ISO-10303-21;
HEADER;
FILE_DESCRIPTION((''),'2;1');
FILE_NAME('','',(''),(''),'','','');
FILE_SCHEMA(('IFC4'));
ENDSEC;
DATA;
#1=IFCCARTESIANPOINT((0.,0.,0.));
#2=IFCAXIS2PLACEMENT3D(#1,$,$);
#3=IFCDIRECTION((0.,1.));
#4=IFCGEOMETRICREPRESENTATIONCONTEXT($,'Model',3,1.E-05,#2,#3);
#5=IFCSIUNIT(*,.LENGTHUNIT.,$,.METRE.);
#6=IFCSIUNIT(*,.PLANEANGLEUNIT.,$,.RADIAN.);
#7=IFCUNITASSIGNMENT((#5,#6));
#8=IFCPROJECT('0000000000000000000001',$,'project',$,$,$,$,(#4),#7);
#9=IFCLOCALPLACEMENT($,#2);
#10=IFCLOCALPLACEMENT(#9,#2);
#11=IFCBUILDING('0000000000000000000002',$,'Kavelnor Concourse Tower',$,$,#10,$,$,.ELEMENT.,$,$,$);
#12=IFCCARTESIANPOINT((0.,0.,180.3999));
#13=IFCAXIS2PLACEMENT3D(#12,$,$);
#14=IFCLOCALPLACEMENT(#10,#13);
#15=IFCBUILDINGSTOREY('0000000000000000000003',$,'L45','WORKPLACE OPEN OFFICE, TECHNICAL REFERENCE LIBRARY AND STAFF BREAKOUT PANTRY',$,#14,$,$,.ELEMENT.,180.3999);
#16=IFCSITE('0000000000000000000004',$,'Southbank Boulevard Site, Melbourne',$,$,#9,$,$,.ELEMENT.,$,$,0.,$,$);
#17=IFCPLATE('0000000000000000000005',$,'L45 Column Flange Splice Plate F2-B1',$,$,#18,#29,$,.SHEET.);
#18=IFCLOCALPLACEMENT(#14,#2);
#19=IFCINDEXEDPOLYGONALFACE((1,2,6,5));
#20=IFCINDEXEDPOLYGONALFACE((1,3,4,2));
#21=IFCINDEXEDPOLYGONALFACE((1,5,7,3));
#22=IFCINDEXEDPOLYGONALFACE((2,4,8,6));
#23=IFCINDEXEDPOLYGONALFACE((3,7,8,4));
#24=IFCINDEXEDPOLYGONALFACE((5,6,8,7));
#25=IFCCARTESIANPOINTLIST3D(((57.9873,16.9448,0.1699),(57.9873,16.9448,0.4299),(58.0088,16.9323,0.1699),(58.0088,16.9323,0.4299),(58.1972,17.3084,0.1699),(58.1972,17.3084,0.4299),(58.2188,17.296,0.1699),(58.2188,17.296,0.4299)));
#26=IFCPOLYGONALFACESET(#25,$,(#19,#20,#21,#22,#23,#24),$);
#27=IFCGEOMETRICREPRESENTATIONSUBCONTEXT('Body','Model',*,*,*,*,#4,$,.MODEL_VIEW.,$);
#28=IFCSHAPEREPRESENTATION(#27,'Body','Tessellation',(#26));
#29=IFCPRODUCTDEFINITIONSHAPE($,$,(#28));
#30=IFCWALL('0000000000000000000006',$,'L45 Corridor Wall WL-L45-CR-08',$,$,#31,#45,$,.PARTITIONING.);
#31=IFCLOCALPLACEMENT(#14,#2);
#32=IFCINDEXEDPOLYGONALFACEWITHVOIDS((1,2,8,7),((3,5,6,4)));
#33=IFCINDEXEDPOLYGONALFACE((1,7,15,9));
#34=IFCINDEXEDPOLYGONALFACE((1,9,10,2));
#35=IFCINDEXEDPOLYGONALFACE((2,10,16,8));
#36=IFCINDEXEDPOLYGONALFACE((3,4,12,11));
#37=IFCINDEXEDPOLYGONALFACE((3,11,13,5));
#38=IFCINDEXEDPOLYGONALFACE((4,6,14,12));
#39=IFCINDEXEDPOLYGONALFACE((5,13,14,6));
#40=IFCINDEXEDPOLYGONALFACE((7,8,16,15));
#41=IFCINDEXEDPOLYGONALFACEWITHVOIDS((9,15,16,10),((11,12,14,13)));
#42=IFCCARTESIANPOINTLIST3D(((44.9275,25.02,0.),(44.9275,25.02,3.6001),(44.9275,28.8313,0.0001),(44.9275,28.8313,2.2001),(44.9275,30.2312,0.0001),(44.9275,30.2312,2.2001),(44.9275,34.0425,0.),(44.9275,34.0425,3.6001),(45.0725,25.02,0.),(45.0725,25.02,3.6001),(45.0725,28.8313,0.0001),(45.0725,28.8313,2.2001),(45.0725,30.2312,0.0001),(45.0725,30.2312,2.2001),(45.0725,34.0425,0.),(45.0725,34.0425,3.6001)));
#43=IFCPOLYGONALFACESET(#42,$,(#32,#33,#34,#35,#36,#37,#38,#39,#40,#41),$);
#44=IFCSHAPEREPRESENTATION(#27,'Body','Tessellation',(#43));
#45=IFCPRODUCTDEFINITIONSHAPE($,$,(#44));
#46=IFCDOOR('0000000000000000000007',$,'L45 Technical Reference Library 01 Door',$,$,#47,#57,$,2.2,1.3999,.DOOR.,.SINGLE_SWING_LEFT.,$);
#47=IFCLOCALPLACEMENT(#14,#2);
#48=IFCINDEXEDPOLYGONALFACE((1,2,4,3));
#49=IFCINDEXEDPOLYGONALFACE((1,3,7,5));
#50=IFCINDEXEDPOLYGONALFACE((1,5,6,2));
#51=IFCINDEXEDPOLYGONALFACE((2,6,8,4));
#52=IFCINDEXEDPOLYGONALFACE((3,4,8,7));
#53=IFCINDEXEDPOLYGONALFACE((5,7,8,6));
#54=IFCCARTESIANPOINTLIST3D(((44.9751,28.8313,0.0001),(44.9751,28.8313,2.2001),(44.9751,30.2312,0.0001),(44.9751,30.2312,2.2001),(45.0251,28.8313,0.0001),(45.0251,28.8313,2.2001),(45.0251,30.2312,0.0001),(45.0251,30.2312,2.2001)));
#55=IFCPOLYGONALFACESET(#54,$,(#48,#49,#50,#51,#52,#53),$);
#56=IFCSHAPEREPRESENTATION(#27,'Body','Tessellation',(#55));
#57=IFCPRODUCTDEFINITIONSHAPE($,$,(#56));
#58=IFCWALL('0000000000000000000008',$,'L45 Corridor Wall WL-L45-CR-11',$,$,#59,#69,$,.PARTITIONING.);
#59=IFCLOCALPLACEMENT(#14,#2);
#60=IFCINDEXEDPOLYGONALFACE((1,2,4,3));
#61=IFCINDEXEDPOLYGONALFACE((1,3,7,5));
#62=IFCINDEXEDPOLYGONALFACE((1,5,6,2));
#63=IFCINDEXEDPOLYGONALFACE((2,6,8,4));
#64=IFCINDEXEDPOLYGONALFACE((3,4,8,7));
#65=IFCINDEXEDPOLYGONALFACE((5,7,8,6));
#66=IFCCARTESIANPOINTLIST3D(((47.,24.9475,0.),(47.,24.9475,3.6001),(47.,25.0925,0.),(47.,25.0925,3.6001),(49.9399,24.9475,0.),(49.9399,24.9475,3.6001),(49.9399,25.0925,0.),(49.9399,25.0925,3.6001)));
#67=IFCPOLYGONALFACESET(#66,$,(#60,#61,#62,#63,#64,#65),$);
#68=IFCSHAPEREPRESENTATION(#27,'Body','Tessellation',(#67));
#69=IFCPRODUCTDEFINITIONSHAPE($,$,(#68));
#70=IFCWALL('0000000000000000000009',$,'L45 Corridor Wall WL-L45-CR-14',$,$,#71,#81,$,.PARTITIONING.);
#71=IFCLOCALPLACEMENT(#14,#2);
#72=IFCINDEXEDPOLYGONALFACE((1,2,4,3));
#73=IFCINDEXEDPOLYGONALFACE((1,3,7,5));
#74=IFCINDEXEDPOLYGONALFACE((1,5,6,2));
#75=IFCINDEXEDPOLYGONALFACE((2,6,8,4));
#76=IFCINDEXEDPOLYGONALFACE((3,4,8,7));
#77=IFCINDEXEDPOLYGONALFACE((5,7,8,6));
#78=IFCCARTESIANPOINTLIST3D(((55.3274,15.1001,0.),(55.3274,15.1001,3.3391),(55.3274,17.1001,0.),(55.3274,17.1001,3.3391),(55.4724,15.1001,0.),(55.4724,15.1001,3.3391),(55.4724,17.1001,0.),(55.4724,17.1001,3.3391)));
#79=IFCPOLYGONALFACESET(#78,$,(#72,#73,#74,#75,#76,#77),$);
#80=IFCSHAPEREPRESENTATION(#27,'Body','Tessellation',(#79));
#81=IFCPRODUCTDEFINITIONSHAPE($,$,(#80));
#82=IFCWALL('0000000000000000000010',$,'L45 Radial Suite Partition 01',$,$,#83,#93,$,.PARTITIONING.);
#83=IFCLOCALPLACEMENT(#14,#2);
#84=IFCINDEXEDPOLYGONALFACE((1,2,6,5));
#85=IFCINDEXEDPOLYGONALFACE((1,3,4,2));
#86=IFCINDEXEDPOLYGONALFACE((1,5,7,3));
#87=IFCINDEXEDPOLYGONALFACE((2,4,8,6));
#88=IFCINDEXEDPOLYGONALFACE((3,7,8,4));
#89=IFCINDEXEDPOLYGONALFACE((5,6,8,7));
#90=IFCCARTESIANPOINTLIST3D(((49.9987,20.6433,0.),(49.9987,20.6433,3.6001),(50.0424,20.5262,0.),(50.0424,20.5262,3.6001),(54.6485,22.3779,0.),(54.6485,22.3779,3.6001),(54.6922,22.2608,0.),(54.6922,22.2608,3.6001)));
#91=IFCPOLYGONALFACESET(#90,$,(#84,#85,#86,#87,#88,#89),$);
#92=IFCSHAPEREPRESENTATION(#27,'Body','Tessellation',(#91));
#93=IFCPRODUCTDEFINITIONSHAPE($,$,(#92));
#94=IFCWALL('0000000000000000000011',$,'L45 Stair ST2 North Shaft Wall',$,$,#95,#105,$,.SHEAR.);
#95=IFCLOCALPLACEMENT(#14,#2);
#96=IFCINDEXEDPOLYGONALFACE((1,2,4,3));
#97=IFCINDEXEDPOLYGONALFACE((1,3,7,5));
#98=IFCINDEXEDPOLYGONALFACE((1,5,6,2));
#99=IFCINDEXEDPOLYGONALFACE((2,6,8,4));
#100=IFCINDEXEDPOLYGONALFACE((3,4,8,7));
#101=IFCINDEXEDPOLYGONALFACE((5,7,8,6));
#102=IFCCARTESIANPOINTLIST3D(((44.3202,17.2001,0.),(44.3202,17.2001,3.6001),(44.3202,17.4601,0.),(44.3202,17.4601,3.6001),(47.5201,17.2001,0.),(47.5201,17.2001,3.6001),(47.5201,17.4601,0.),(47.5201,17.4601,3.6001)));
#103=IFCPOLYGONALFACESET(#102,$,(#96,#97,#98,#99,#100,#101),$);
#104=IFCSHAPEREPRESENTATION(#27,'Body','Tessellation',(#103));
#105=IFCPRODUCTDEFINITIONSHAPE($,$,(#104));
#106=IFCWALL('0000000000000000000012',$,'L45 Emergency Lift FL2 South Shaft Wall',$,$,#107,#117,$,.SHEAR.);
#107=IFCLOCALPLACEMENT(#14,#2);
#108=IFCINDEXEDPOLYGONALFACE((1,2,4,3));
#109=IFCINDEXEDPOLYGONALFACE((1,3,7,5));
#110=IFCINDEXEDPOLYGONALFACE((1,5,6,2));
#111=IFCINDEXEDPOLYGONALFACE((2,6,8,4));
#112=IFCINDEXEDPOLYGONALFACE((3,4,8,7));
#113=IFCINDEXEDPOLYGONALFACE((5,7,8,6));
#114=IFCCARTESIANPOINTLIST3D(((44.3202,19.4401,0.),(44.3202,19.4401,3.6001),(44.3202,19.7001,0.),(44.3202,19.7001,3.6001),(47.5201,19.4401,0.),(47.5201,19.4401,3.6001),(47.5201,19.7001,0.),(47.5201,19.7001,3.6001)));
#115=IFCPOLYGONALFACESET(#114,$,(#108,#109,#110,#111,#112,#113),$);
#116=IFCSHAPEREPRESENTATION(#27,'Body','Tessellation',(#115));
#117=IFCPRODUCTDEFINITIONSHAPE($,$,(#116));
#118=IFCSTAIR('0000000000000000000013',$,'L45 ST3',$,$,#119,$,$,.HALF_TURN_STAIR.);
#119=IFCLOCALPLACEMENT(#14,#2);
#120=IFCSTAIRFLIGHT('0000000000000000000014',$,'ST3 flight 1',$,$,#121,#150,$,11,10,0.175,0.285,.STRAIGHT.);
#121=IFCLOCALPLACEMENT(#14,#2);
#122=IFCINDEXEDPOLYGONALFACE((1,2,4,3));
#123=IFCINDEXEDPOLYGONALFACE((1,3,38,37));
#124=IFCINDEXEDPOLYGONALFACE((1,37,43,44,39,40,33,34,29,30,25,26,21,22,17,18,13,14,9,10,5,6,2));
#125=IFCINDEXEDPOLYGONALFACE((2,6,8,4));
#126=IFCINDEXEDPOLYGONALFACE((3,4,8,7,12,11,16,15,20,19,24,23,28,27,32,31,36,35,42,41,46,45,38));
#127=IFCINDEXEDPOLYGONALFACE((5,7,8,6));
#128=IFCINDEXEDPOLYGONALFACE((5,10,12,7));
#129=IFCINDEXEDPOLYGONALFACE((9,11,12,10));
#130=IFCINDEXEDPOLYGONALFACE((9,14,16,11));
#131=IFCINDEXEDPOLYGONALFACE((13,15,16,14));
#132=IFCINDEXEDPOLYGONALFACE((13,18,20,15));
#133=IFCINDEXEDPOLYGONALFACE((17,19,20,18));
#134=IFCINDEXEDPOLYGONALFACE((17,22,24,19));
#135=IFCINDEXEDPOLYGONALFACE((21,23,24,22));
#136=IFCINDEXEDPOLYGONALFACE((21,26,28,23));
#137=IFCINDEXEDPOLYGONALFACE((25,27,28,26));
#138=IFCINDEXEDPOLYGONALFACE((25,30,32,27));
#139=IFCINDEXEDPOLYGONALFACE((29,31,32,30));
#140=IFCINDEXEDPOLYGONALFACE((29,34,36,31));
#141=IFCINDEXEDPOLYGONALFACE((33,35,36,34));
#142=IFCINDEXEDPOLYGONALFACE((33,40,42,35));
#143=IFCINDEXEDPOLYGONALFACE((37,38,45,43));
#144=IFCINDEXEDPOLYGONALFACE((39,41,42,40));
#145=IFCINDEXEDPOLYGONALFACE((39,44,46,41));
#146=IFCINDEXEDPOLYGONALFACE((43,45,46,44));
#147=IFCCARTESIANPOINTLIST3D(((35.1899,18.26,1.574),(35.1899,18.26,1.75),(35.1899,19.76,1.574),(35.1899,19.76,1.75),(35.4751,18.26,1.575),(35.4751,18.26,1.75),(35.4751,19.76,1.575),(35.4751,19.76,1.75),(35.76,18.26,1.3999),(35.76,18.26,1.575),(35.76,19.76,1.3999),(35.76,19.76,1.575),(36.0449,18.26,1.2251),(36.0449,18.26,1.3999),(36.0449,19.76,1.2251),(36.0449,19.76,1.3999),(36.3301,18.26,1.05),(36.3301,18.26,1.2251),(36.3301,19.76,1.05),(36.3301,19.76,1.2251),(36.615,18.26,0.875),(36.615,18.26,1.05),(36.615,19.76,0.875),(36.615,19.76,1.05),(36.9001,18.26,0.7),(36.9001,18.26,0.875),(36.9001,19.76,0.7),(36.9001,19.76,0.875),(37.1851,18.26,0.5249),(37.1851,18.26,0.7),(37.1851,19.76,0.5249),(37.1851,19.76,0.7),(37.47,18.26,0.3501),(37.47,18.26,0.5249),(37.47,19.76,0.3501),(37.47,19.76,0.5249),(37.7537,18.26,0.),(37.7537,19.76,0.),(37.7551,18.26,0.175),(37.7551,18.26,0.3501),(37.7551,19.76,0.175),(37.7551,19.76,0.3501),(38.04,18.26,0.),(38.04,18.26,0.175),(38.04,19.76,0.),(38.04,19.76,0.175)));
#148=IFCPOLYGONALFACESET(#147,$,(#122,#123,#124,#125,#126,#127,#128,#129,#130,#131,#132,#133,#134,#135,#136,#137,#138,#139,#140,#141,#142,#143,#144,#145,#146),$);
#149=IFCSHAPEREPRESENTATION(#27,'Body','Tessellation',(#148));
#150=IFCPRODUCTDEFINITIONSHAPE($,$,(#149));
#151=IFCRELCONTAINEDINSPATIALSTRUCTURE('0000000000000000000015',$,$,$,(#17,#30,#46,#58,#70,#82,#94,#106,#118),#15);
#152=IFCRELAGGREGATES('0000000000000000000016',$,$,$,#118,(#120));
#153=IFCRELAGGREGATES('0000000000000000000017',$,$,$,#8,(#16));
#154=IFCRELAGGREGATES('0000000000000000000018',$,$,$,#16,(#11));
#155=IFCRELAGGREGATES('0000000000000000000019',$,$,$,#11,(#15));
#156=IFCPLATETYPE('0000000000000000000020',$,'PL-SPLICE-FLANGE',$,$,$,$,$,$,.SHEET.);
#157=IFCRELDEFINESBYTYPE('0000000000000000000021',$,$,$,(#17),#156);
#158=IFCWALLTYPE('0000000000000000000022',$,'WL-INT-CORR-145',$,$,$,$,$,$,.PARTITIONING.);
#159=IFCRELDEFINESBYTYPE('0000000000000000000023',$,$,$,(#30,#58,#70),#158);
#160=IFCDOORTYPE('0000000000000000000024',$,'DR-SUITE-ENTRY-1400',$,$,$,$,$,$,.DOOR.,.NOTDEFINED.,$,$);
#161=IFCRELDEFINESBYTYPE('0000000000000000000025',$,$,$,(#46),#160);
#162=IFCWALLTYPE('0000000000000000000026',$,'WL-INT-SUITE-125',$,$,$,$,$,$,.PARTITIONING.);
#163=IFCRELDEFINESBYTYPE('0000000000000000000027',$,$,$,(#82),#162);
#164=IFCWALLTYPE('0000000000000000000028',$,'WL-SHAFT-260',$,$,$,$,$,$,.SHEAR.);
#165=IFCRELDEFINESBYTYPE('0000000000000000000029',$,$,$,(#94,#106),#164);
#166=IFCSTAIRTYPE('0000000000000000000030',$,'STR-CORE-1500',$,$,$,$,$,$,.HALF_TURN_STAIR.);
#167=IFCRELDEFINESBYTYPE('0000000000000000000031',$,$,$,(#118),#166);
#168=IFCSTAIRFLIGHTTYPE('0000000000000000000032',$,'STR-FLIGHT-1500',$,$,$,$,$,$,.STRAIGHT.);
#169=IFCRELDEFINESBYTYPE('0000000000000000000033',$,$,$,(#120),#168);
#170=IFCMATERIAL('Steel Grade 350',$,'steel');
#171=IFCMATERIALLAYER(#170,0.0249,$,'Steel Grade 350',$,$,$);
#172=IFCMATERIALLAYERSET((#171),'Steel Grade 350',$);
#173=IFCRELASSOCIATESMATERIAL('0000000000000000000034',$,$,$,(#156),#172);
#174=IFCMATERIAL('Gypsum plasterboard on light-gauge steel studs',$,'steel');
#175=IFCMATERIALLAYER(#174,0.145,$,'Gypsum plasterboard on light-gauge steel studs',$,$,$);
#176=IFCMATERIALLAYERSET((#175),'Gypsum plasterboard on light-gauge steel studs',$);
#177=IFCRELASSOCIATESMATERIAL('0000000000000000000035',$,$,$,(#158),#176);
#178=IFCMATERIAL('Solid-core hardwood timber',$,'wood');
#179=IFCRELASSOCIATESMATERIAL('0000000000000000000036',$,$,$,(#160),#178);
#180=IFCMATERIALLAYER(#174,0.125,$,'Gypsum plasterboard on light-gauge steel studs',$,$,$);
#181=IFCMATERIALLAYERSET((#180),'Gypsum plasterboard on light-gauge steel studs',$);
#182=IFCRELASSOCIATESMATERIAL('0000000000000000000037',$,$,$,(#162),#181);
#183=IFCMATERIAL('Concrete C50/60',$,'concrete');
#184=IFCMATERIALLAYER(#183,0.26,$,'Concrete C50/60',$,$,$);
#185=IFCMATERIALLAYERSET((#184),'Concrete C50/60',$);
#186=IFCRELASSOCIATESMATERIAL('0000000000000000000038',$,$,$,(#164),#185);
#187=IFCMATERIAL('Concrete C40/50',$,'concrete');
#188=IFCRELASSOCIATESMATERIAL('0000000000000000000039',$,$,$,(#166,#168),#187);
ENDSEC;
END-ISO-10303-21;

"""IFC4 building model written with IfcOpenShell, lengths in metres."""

from ifc_helpers import new_model, si_unit, direction, frame, frame_2d, origin, origin_2d, place, context, subcontext, project, spatial, polyline, rectangle, outline, extrude, material, layer, layer_set, type_object, element, fill, aggregate, save


model = new_model("IFC4")

# Units and contexts
model_context = context("Model", 3, precision=1e-05, world=origin(), true_north=direction((0.0, 1.0)))
body_context = subcontext(model_context, "Body", "Model", "MODEL_VIEW")
ifc_project = project(units=[si_unit("LENGTHUNIT", "METRE"), si_unit("PLANEANGLEUNIT", "RADIAN")], contexts=[model_context])

# Site, building, storey
site_placement = place(None, origin())
site = spatial("IfcSite", under=ifc_project, at=site_placement, Name="Southbank Boulevard Site, Melbourne", CompositionType="ELEMENT", RefElevation=0.0)
building_placement = place(site_placement, origin())
building = spatial("IfcBuilding", under=site, at=building_placement, Name="Kavelnor Concourse Tower", CompositionType="ELEMENT")
storey_placement = place(building_placement, frame((0.0, 0.0, 180.3999)))
storey = spatial("IfcBuildingStorey", under=building, at=storey_placement, Name="L45", Description="WORKPLACE OPEN OFFICE, TECHNICAL REFERENCE LIBRARY AND STAFF BREAKOUT PANTRY", CompositionType="ELEMENT", Elevation=180.3999)

# Shared definitions
ifc_material_1 = material(Name="Steel Grade 350", Category="steel")

# Plate
ifc_layer_1 = layer(ifc_material_1, 0.0249, Name="Steel Grade 350")
ifc_layer_set_1 = layer_set([ifc_layer_1], Name="Steel Grade 350")
plate_type_1 = type_object("IfcPlateType", Name="PL-SPLICE-FLANGE", PredefinedType="SHEET", material=ifc_layer_set_1)
plate_1_placement = place(storey_placement, frame((58.103, 17.1204, 0.1699), z_axis=(0.0, 0.0, 1.0), x_axis=(-0.5, -0.866025, 0.0)))
element("IfcPlate", 1, at=plate_1_placement, inside=storey, type_object=plate_type_1, Name="L45 Column Flange Splice Plate F2-B1", PredefinedType="SHEET", context=body_context, shape_type="SweptSolid", body=[
    extrude(rectangle(XDim=0.4199, YDim=0.0249, at=origin_2d()), origin(), (0.0, 0.0, 1.0), 0.26),
])

# Wall, opening, door
ifc_material_2 = material(Name="Gypsum plasterboard on light-gauge steel studs", Category="steel")
ifc_layer_2 = layer(ifc_material_2, 0.145, Name="Gypsum plasterboard on light-gauge steel studs")
ifc_layer_set_2 = layer_set([ifc_layer_2], Name="Gypsum plasterboard on light-gauge steel studs")
wall_type_1 = type_object("IfcWallType", Name="WL-INT-CORR-145", PredefinedType="PARTITIONING", material=ifc_layer_set_2)
wall_1_placement = place(storey_placement, frame((45.0, 25.02, 0.0), z_axis=(0.0, 0.0, 1.0), x_axis=(0.0, 1.0, 0.0)))
wall_1 = element("IfcWall", 2, at=wall_1_placement, inside=storey, type_object=wall_type_1, Name="L45 Corridor Wall WL-L45-CR-08", PredefinedType="PARTITIONING", context=body_context, shape_type="SweptSolid", body=[
    extrude(rectangle(XDim=9.0225, YDim=0.145, at=frame_2d((4.5112, 0.0))), origin(), (0.0, 0.0, 1.0), 3.6001),
])
opening_placement = place(wall_1_placement, frame((3.8113, 0.0, 0.0)))
opening = element("IfcOpeningElement", 3, at=opening_placement, cuts=wall_1, PredefinedType="OPENING", context=body_context, shape_type="SweptSolid", body=[
    extrude(rectangle(XDim=1.3999, YDim=2.2, at=frame_2d((0.7, 1.1001))), frame((0.0, 0.0825, 0.0), z_axis=(0.0, -1.0, 0.0), x_axis=(1.0, 0.0, 0.0)), (0.0, 0.0, 1.0), 0.165),
])
ifc_material_3 = material(Name="Solid-core hardwood timber", Category="wood")
door_type = type_object("IfcDoorType", Name="DR-SUITE-ENTRY-1400", OperationType="NOTDEFINED", PredefinedType="DOOR", material=ifc_material_3)
door_placement = place(opening_placement, origin())
door = element("IfcDoor", 4, at=door_placement, inside=storey, type_object=door_type, Name="L45 Technical Reference Library 01 Door", OperationType="SINGLE_SWING_LEFT", OverallHeight=2.2, OverallWidth=1.3999, PredefinedType="DOOR", context=body_context, shape_type="SweptSolid", body=[
    extrude(rectangle(XDim=1.3999, YDim=2.2, at=frame_2d((0.7, 1.1001))), frame((0.0, 0.0249, 0.0), z_axis=(0.0, -1.0, 0.0), x_axis=(1.0, 0.0, 0.0)), (0.0, 0.0, 1.0), 0.05),
])
fill(opening, door)

# Walls
wall_2_placement = place(storey_placement, frame((47.0, 25.02, 0.0), z_axis=(0.0, 0.0, 1.0), x_axis=(1.0, 0.0, 0.0)))
element("IfcWall", 5, at=wall_2_placement, inside=storey, type_object=wall_type_1, Name="L45 Corridor Wall WL-L45-CR-11", PredefinedType="PARTITIONING", context=body_context, shape_type="SweptSolid", body=[
    extrude(rectangle(XDim=2.9399, YDim=0.145, at=frame_2d((1.47, 0.0))), origin(), (0.0, 0.0, 1.0), 3.6001),
])
wall_3_placement = place(storey_placement, frame((55.3999, 17.1001, 0.0), z_axis=(0.0, 0.0, 1.0), x_axis=(0.0, -1.0, 0.0)))
element("IfcWall", 6, at=wall_3_placement, inside=storey, type_object=wall_type_1, Name="L45 Corridor Wall WL-L45-CR-14", PredefinedType="PARTITIONING", context=body_context, shape_type="SweptSolid", body=[
    extrude(rectangle(XDim=2.0, YDim=0.145, at=frame_2d((1.0, 0.0))), origin(), (0.0, 0.0, 1.0), 3.3391),
])
ifc_layer_3 = layer(ifc_material_2, 0.125, Name="Gypsum plasterboard on light-gauge steel studs")
ifc_layer_set_3 = layer_set([ifc_layer_3], Name="Gypsum plasterboard on light-gauge steel studs")
wall_type_2 = type_object("IfcWallType", Name="WL-INT-SUITE-125", PredefinedType="PARTITIONING", material=ifc_layer_set_3)
wall_4_placement = place(storey_placement, frame((50.0205, 20.5847, 0.0), z_axis=(0.0, 0.0, 1.0), x_axis=(0.93693, 0.349516, 0.0)))
element("IfcWall", 7, at=wall_4_placement, inside=storey, type_object=wall_type_2, Name="L45 Radial Suite Partition 01", PredefinedType="PARTITIONING", context=body_context, shape_type="SweptSolid", body=[
    extrude(rectangle(XDim=4.9629, YDim=0.125, at=frame_2d((2.4814, 0.0))), origin(), (0.0, 0.0, 1.0), 3.6001),
])
ifc_material_4 = material(Name="Concrete C50/60", Category="concrete")
ifc_layer_4 = layer(ifc_material_4, 0.26, Name="Concrete C50/60")
ifc_layer_set_4 = layer_set([ifc_layer_4], Name="Concrete C50/60")
wall_type_3 = type_object("IfcWallType", Name="WL-SHAFT-260", PredefinedType="SHEAR", material=ifc_layer_set_4)
for number, where, z_axis, x_axis, name in (
    (8, (44.3201, 17.3301, 0.0), (0.0, 0.0, 1.0), (1.0, 0.0, 0.0), "L45 Stair ST2 North Shaft Wall"),
    (9, (44.3201, 19.5701, 0.0), (0.0, 0.0, 1.0), (1.0, 0.0, 0.0), "L45 Emergency Lift FL2 South Shaft Wall"),
):
    element("IfcWall", number, at=place(storey_placement, frame(where, z_axis=z_axis, x_axis=x_axis)), inside=storey, type_object=wall_type_3, Name=name, PredefinedType="SHEAR", context=body_context, shape_type="SweptSolid", body=[
        extrude(rectangle(XDim=3.2, YDim=0.26, at=frame_2d((1.6001, 0.0))), origin(), (0.0, 0.0, 1.0), 3.6001),
    ])

# Stair, stair flight
ifc_material_5 = material(Name="Concrete C40/50", Category="concrete")
stair_type = type_object("IfcStairType", Name="STR-CORE-1500", PredefinedType="HALF_TURN_STAIR", material=ifc_material_5)
stair_placement = place(storey_placement, origin())
stair = element("IfcStair", 10, at=stair_placement, inside=storey, type_object=stair_type, Name="L45 ST3", PredefinedType="HALF_TURN_STAIR")
stair_flight_type = type_object("IfcStairFlightType", Name="STR-FLIGHT-1500", PredefinedType="STRAIGHT", material=ifc_material_5)
stair_flight_placement = place(storey_placement, frame((38.04, 19.01, 0.0), z_axis=(0.0, 0.0, 1.0), x_axis=(-1.0, 0.0, 0.0)))
stair_flight = element("IfcStairFlight", 11, at=stair_flight_placement, type_object=stair_flight_type, Name="ST3 flight 1", NumberOfRisers=11, NumberOfTreads=10, PredefinedType="STRAIGHT", RiserHeight=0.175, TreadLength=0.285, context=body_context, shape_type="SweptSolid", body=[
    extrude(outline(polyline([(0.0, 0.0), (0.0, 0.175), (0.2849, 0.175), (0.2849, 0.3501), (0.5701, 0.3501), (0.5701, 0.5249), (0.855, 0.5249), (0.855, 0.7), (1.1399, 0.7), (1.1399, 0.875), (1.425, 0.875), (1.425, 1.05), (1.71, 1.05), (1.71, 1.2251), (1.9951, 1.2251), (1.9951, 1.3999), (2.28, 1.3999), (2.28, 1.575), (2.5649, 1.575), (2.5649, 1.75), (2.8501, 1.75), (2.8501, 1.925), (2.8501, 1.574), (0.2864, 0.0), (0.0, 0.0)])), frame((0.0, 0.75, 0.0), z_axis=(0.0, -1.0, 0.0), x_axis=(1.0, 0.0, 0.0)), (0.0, 0.0, 1.0), 1.5),
])
aggregate(stair, [stair_flight])

save(model, "model.ifc")
